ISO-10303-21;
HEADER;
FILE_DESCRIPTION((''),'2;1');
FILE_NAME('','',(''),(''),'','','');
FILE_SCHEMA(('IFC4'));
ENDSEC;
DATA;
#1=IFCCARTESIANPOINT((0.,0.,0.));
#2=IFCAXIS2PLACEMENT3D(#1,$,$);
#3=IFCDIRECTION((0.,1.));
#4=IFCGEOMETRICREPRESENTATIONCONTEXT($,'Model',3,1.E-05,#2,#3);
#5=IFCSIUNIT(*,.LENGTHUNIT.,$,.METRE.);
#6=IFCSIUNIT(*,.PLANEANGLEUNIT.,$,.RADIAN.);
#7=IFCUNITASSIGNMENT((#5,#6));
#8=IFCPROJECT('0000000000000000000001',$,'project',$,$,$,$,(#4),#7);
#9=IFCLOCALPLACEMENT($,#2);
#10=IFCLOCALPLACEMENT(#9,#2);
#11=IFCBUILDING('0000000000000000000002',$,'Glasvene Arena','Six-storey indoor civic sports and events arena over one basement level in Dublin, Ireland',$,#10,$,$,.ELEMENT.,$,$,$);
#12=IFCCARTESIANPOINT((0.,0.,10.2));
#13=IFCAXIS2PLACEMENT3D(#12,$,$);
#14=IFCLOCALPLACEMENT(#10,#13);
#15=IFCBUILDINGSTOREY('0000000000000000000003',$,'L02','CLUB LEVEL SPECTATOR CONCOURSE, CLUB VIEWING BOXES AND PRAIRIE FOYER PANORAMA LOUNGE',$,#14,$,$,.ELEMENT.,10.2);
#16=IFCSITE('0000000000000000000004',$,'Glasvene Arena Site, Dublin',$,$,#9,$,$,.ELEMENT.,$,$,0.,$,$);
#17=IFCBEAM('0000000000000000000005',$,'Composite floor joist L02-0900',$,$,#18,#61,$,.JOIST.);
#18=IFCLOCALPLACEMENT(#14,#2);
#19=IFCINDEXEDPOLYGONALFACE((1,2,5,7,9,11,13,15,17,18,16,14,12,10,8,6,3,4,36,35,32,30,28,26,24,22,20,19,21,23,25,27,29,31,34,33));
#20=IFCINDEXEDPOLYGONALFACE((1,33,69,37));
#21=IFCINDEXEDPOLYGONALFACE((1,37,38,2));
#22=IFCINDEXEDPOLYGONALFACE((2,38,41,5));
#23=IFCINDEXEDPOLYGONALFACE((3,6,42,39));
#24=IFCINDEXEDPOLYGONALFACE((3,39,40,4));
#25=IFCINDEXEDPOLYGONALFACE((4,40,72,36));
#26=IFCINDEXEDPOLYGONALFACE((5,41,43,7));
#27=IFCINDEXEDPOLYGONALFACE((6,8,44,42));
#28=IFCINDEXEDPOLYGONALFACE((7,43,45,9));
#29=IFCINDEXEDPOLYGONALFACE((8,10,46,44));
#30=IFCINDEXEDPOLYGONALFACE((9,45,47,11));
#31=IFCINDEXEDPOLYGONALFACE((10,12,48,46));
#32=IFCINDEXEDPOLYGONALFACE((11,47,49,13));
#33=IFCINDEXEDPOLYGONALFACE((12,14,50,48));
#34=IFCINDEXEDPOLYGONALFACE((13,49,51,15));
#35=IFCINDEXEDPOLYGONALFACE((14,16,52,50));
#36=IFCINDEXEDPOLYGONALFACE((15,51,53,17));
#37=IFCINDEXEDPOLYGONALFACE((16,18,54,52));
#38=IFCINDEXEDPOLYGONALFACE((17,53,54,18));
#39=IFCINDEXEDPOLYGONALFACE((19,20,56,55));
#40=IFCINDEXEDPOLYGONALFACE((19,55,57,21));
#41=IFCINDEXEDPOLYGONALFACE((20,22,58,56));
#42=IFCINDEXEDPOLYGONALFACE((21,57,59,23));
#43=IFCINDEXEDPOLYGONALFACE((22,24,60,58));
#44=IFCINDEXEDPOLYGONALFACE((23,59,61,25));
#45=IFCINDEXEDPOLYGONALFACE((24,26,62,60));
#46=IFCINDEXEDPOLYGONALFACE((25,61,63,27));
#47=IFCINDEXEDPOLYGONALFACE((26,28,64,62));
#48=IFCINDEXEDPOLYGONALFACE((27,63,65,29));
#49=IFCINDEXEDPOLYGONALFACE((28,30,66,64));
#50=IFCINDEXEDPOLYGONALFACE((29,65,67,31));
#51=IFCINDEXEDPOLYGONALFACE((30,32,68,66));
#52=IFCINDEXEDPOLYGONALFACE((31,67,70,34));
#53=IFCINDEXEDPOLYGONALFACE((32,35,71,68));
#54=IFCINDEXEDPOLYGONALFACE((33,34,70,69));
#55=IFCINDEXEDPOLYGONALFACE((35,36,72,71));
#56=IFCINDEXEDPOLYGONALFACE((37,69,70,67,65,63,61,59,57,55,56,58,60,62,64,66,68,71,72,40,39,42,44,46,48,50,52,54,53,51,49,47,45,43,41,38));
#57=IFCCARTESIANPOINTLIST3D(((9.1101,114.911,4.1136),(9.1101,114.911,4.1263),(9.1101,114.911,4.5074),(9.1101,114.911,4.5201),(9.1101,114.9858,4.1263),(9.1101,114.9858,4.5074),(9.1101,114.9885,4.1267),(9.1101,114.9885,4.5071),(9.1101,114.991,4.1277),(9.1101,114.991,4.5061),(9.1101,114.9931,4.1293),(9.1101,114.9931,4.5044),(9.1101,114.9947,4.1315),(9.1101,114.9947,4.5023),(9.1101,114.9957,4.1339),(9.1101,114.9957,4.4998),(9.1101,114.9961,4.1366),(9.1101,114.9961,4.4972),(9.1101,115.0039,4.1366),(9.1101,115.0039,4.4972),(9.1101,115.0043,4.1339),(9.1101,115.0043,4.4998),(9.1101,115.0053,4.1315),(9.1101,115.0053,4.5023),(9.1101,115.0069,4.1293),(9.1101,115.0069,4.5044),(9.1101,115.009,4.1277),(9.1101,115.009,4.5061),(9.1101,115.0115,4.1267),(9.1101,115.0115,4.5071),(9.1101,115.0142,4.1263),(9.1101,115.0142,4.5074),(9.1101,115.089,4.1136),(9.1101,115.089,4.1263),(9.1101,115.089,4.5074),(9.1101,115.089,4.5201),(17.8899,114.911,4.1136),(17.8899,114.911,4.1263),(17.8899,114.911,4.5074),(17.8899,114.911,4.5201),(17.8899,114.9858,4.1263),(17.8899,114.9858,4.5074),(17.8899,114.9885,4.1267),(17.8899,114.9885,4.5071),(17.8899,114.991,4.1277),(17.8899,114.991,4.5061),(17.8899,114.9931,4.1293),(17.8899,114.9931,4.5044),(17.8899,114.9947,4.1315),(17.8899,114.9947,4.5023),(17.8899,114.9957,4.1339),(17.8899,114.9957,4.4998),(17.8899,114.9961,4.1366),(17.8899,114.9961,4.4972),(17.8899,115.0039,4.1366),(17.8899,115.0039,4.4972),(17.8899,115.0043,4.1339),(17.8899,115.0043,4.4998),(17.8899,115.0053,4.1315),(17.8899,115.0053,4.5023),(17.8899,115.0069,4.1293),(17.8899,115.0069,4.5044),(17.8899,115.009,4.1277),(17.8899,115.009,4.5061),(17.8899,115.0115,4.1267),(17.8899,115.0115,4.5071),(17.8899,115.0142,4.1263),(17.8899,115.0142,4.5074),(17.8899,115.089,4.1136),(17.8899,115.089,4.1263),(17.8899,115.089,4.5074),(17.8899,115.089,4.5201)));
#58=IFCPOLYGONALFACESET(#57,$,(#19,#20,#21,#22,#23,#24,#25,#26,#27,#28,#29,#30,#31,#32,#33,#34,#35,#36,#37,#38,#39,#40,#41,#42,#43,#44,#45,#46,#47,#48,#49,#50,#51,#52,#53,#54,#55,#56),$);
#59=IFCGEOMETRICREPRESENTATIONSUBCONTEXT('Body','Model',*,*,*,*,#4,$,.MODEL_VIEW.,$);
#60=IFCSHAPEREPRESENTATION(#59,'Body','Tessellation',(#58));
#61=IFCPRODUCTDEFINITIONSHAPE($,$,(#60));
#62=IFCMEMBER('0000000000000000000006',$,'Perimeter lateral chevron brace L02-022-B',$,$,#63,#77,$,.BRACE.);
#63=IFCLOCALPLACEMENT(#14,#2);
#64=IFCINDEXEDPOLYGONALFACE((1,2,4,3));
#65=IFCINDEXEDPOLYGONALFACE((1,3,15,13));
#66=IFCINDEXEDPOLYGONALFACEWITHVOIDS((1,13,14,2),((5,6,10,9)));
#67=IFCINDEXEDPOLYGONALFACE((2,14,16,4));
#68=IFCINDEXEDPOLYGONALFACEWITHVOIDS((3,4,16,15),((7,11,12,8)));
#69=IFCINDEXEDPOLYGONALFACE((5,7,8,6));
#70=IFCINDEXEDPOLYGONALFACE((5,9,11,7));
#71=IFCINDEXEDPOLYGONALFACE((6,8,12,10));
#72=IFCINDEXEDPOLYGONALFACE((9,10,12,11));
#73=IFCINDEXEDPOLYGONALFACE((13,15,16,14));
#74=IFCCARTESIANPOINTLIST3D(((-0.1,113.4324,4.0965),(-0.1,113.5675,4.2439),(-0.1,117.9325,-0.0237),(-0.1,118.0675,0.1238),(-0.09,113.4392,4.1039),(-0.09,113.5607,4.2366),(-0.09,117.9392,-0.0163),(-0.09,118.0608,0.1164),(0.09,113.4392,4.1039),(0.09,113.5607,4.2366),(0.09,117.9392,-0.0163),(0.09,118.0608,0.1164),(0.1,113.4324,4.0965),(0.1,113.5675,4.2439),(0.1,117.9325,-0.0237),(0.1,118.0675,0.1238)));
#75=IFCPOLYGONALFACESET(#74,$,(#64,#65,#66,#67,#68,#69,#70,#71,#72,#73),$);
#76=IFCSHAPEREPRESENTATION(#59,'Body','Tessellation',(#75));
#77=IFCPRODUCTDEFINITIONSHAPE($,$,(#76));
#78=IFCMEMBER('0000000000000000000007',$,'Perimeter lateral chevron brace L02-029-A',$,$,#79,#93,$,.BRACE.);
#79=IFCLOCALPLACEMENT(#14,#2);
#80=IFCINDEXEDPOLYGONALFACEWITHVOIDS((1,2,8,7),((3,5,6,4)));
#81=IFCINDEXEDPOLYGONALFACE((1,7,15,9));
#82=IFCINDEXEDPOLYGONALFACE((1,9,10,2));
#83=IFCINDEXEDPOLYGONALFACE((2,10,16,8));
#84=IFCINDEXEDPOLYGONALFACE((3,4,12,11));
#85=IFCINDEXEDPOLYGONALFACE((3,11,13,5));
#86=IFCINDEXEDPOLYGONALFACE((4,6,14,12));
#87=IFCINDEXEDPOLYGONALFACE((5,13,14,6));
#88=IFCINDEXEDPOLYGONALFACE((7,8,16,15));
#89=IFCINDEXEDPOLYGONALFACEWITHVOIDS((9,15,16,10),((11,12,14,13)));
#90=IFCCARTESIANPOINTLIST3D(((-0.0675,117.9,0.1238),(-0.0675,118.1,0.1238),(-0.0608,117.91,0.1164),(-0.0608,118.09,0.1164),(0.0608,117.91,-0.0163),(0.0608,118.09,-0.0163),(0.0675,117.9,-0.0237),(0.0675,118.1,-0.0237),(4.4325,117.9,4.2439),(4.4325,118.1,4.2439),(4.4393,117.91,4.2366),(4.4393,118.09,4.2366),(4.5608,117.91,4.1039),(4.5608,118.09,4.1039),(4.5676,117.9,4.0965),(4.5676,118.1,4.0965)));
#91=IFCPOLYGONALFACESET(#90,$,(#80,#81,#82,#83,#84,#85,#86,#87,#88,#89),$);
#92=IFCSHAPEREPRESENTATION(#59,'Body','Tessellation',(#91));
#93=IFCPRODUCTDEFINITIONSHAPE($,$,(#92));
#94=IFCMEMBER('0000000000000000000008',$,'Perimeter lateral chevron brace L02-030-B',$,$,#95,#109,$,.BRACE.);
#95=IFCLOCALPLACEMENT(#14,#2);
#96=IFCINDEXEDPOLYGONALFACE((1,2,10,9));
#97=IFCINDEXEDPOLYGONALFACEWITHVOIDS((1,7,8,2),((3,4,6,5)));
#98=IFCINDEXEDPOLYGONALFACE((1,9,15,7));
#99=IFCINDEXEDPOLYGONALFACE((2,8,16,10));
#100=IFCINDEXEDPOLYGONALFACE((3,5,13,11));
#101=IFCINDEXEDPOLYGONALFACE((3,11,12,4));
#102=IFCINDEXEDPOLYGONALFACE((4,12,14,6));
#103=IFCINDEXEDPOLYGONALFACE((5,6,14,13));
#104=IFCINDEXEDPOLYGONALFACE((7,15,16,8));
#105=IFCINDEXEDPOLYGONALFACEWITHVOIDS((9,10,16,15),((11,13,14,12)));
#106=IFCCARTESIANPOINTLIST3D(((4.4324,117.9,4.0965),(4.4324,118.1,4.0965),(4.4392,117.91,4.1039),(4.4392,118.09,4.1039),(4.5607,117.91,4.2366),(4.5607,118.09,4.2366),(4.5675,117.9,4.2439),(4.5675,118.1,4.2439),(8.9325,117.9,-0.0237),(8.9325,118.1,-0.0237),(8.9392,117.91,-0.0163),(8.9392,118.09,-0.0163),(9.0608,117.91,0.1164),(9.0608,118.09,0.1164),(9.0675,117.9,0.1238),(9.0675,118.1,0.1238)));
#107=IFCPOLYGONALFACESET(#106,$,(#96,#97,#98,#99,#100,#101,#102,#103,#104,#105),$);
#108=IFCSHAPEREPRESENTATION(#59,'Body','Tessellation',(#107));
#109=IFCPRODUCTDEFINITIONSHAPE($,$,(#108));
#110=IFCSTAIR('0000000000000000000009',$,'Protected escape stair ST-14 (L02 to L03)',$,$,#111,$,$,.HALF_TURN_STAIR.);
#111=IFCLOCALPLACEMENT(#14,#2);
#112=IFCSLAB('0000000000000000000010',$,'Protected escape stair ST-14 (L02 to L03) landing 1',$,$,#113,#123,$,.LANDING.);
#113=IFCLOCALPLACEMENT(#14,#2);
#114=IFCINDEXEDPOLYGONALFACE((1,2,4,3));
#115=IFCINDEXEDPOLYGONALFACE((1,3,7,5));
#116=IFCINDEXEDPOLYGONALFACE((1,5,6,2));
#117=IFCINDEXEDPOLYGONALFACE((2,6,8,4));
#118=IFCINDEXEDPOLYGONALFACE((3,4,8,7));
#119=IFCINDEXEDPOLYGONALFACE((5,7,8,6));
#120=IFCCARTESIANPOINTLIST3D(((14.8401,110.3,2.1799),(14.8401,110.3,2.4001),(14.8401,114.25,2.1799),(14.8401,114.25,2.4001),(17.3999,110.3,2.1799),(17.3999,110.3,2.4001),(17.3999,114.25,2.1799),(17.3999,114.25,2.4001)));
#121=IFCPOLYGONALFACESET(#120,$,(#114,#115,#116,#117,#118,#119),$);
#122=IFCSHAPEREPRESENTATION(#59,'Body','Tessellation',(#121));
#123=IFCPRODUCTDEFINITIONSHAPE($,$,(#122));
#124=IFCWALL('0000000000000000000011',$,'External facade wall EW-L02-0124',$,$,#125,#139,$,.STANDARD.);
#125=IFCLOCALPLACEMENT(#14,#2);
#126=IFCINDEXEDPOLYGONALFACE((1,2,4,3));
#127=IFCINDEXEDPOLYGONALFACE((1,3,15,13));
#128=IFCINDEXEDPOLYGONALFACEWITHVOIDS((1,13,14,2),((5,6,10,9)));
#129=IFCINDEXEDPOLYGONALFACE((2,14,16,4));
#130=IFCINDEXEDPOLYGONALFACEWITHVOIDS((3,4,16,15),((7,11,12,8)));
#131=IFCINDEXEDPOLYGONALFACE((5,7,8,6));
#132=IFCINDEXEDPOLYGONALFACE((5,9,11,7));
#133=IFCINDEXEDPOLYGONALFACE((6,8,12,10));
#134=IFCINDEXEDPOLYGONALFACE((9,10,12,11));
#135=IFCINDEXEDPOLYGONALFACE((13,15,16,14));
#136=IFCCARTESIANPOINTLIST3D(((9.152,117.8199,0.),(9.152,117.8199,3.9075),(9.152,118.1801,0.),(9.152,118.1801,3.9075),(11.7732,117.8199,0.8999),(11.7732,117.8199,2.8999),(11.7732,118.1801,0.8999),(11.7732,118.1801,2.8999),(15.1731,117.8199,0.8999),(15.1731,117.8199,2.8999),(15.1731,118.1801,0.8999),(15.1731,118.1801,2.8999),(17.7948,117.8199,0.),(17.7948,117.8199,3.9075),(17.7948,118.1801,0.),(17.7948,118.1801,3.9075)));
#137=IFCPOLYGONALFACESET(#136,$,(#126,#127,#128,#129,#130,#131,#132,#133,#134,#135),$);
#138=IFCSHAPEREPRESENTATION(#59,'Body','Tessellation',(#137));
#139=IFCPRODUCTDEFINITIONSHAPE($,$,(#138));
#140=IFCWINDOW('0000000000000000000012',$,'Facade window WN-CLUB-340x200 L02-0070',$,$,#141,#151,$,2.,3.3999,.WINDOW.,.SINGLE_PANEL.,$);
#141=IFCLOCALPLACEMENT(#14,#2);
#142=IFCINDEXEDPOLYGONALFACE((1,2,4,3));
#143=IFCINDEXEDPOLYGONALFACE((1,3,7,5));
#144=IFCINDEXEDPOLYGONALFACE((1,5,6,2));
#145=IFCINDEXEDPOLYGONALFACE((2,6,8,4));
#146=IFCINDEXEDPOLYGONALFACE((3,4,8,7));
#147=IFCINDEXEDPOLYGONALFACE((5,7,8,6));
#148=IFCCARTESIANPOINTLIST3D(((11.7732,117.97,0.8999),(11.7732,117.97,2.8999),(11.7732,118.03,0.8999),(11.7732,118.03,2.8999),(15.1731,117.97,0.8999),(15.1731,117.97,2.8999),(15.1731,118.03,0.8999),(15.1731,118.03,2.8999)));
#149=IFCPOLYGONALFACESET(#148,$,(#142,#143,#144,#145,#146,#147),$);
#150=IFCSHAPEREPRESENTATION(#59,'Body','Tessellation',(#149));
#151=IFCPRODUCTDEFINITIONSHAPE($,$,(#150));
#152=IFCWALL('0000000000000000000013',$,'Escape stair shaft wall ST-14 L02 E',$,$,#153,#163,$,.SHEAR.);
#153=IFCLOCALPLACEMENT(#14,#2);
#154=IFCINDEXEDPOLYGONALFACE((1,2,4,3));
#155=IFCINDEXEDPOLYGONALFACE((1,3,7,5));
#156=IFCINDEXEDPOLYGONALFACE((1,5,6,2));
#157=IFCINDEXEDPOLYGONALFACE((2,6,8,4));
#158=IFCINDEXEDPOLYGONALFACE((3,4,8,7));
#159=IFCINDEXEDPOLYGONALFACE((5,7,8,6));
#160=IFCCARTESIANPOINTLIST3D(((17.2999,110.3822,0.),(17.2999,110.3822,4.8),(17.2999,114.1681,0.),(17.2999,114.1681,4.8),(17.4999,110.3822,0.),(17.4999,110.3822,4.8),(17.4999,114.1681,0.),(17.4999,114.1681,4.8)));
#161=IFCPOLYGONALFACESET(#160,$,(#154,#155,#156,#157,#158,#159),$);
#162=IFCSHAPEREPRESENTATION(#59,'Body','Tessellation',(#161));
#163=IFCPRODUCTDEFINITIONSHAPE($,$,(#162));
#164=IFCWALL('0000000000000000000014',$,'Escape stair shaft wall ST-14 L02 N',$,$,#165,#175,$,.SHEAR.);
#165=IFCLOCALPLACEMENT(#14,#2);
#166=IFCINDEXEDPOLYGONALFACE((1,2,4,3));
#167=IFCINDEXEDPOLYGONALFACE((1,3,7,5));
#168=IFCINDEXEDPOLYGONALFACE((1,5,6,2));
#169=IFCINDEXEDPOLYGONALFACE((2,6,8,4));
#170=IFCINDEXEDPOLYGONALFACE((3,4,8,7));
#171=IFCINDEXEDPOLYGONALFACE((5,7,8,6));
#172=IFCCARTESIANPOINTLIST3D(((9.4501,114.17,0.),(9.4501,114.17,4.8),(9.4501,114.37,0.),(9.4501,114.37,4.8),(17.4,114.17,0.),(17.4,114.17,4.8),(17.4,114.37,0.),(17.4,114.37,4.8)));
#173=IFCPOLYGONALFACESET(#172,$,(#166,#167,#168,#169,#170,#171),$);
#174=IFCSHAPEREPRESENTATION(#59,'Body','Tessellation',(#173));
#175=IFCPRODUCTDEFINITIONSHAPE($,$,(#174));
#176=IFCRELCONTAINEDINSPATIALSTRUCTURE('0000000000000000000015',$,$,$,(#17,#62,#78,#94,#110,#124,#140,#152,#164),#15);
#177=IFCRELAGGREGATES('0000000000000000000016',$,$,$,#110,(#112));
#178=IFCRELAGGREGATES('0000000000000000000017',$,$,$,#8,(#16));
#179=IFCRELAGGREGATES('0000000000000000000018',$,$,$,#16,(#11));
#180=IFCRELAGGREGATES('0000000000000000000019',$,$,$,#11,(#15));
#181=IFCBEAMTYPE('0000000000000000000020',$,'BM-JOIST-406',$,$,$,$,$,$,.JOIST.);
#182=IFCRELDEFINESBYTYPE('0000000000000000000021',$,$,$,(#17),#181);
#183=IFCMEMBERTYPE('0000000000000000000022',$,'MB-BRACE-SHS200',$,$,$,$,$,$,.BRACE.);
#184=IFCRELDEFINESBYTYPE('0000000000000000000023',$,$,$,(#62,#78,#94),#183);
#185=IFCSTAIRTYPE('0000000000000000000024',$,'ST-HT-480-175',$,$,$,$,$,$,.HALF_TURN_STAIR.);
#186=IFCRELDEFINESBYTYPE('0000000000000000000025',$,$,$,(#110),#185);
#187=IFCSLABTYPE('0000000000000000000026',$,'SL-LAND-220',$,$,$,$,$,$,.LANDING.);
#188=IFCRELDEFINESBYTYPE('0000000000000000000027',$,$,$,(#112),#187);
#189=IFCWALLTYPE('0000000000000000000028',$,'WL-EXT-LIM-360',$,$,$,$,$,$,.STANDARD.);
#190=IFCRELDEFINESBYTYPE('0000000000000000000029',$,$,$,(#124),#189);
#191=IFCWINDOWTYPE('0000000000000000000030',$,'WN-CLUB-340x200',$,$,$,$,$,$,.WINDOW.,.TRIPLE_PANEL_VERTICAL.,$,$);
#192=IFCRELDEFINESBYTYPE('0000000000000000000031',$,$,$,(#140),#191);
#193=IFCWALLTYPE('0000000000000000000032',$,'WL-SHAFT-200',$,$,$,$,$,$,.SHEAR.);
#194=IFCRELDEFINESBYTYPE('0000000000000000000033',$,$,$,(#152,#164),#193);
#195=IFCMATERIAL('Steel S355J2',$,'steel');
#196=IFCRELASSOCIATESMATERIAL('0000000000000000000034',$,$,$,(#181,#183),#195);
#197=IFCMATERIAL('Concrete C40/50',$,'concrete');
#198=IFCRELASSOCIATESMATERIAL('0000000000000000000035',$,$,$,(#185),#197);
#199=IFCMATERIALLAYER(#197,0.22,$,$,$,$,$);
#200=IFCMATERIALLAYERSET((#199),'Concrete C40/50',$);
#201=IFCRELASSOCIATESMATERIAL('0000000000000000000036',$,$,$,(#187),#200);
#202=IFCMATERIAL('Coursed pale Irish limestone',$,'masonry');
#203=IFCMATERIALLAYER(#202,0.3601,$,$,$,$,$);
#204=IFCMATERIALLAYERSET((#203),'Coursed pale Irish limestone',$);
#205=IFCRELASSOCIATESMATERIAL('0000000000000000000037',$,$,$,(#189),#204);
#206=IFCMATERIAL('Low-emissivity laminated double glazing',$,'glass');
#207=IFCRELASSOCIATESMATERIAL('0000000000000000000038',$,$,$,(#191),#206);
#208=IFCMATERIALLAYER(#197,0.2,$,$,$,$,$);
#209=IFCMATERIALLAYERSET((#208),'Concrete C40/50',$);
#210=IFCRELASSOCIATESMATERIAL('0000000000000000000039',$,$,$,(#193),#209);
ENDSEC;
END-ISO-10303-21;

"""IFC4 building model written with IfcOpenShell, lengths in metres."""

from ifc_helpers import new_model, si_unit, direction, frame, frame_2d, origin, origin_2d, place, context, subcontext, project, spatial, polyline, rectangle, hollow_rectangle, i_section, outline, extrude, material, layer, layer_set, material_profile, profile_set, type_object, element, fill, aggregate, save


model = new_model("IFC4")

# Units and contexts
model_context = context("Model", 3, precision=1e-05, world=origin(), true_north=direction((0.0, 1.0)))
body_context = subcontext(model_context, "Body", "Model", "MODEL_VIEW")
ifc_project = project(units=[si_unit("LENGTHUNIT", "METRE"), si_unit("PLANEANGLEUNIT", "RADIAN")], contexts=[model_context])

# Site, building, storey
site_placement = place(None, origin())
site = spatial("IfcSite", under=ifc_project, at=site_placement, Name="Glasvene Arena Site, Dublin", CompositionType="ELEMENT", RefElevation=0.0)
building_placement = place(site_placement, origin())
building = spatial("IfcBuilding", under=site, at=building_placement, Name="Glasvene Arena", Description="Six-storey indoor civic sports and events arena over one basement level in Dublin, Ireland", CompositionType="ELEMENT")
storey_placement = place(building_placement, frame((0.0, 0.0, 10.2)))
storey = spatial("IfcBuildingStorey", under=building, at=storey_placement, Name="L02", Description="CLUB LEVEL SPECTATOR CONCOURSE, CLUB VIEWING BOXES AND PRAIRIE FOYER PANORAMA LOUNGE", CompositionType="ELEMENT", Elevation=10.2)

# Shared definitions
ifc_material_1 = material(Name="Steel S355J2", Category="steel")

# Beam
ifc_material_profile_1 = material_profile(ifc_material_1, i_section(OverallWidth=0.178, OverallDepth=0.4065, WebThickness=0.0078, FlangeThickness=0.0127, FilletRadius=0.0103, at=origin_2d()), Name="UKB 406x178x60")
ifc_profile_set_1 = profile_set([ifc_material_profile_1], Name="Steel S355J2")
beam_type_1 = type_object("IfcBeamType", Name="BM-JOIST-406", PredefinedType="JOIST", material=ifc_profile_set_1)
beam_placement = place(storey_placement, frame((9.1101, 115.0, 4.3169), z_axis=(1.0, 0.0, 0.0), x_axis=(0.0, 1.0, 0.0)))
element("IfcBeam", 1, at=beam_placement, inside=storey, type_object=beam_type_1, Name="Composite floor joist L02-0900", PredefinedType="JOIST", context=body_context, shape_type="SweptSolid", body=[
    extrude(i_section(OverallWidth=0.178, OverallDepth=0.4065, WebThickness=0.0078, FlangeThickness=0.0127, FilletRadius=0.0103, at=origin_2d()), origin(), (0.0, 0.0, 1.0), 8.7798),
])

# Members
ifc_material_profile_2 = material_profile(ifc_material_1, hollow_rectangle(XDim=0.2, YDim=0.2, WallThickness=0.01, at=origin_2d()), Name="SHS 200x200x10.0")
ifc_profile_set_2 = profile_set([ifc_material_profile_2], Name="Steel S355J2")
member_type = type_object("IfcMemberType", Name="MB-BRACE-SHS200", PredefinedType="BRACE", material=ifc_profile_set_2)
for number, where, z_axis, x_axis, name in (
    (2, (0.0, 118.0, 0.05), (0.0, -0.737553, 0.67529), (1.0, 0.0, 0.0), "Perimeter lateral chevron brace L02-022-B"),
    (3, (0.0, 118.0, 0.05), (0.737553, 0.0, 0.67529), (0.0, 1.0, 0.0), "Perimeter lateral chevron brace L02-029-A"),
    (4, (9.0, 118.0, 0.05), (-0.737553, 0.0, 0.67529), (0.0, -1.0, 0.0), "Perimeter lateral chevron brace L02-030-B"),
):
    element("IfcMember", number, at=place(storey_placement, frame(where, z_axis=z_axis, x_axis=x_axis)), inside=storey, type_object=member_type, Name=name, PredefinedType="BRACE", context=body_context, shape_type="SweptSolid", body=[
        extrude(hollow_rectangle(XDim=0.2, YDim=0.2, WallThickness=0.01, at=origin_2d()), origin(), (0.0, 0.0, 1.0), 6.1013),
    ])

# Stair, slab
ifc_material_2 = material(Name="Concrete C40/50", Category="concrete")
stair_type = type_object("IfcStairType", Name="ST-HT-480-175", PredefinedType="HALF_TURN_STAIR", material=ifc_material_2)
stair_placement = place(storey_placement, origin())
stair = element("IfcStair", 5, at=stair_placement, inside=storey, type_object=stair_type, Name="Protected escape stair ST-14 (L02 to L03)", PredefinedType="HALF_TURN_STAIR")
ifc_layer_1 = layer(ifc_material_2, 0.22)
ifc_layer_set_1 = layer_set([ifc_layer_1], Name="Concrete C40/50")
slab_type = type_object("IfcSlabType", Name="SL-LAND-220", PredefinedType="LANDING", material=ifc_layer_set_1)
slab_placement = place(storey_placement, frame((16.1201, 112.2749, 2.1799)))
slab = element("IfcSlab", 6, at=slab_placement, type_object=slab_type, Name="Protected escape stair ST-14 (L02 to L03) landing 1", PredefinedType="LANDING", context=body_context, shape_type="SweptSolid", body=[
    extrude(outline(polyline([(-1.28, -1.9749), (1.2798, -1.9749), (1.2798, 1.9751), (-1.28, 1.9751), (-1.28, -1.9749)])), origin(), (0.0, 0.0, 1.0), 0.2202),
])

# Wall, opening, window
ifc_material_3 = material(Name="Coursed pale Irish limestone", Category="masonry")
ifc_layer_2 = layer(ifc_material_3, 0.3601)
ifc_layer_set_2 = layer_set([ifc_layer_2], Name="Coursed pale Irish limestone")
wall_type_1 = type_object("IfcWallType", Name="WL-EXT-LIM-360", PredefinedType="STANDARD", material=ifc_layer_set_2)
wall_1_placement = place(storey_placement, frame((9.1521, 118.0, 0.0), z_axis=(0.0, 0.0, 1.0), x_axis=(1.0, 0.0, 0.0)))
wall_1 = element("IfcWall", 7, at=wall_1_placement, inside=storey, type_object=wall_type_1, Name="External facade wall EW-L02-0124", PredefinedType="STANDARD", context=body_context, shape_type="SweptSolid", body=[
    extrude(rectangle(XDim=8.6428, YDim=0.3601, at=frame_2d((4.3213, 0.0))), origin(), (0.0, 0.0, 1.0), 3.9075),
])
opening_placement = place(wall_1_placement, frame((2.6211, 0.0, 0.8999)))
opening = element("IfcOpeningElement", 8, at=opening_placement, cuts=wall_1, PredefinedType="OPENING", context=body_context, shape_type="SweptSolid", body=[
    extrude(rectangle(XDim=3.3999, YDim=2.0, at=frame_2d((1.7, 1.0))), frame((0.0, 0.1899, 0.0), z_axis=(0.0, -1.0, 0.0), x_axis=(1.0, 0.0, 0.0)), (0.0, 0.0, 1.0), 0.3801),
])
ifc_material_4 = material(Name="Low-emissivity laminated double glazing", Category="glass")
window_type = type_object("IfcWindowType", Name="WN-CLUB-340x200", PartitioningType="TRIPLE_PANEL_VERTICAL", PredefinedType="WINDOW", material=ifc_material_4)
window_placement = place(opening_placement, origin())
window = element("IfcWindow", 9, at=window_placement, inside=storey, type_object=window_type, Name="Facade window WN-CLUB-340x200 L02-0070", OverallHeight=2.0, OverallWidth=3.3999, PartitioningType="SINGLE_PANEL", PredefinedType="WINDOW", context=body_context, shape_type="SweptSolid", body=[
    extrude(rectangle(XDim=3.3999, YDim=2.0, at=frame_2d((1.7, 1.0))), frame((0.0, 0.03, 0.0), z_axis=(0.0, -1.0, 0.0), x_axis=(1.0, 0.0, 0.0)), (0.0, 0.0, 1.0), 0.0601),
])
fill(opening, window)

# Walls
ifc_layer_3 = layer(ifc_material_2, 0.2)
ifc_layer_set_3 = layer_set([ifc_layer_3], Name="Concrete C40/50")
wall_type_2 = type_object("IfcWallType", Name="WL-SHAFT-200", PredefinedType="SHEAR", material=ifc_layer_set_3)
wall_2_placement = place(storey_placement, frame((17.3999, 110.3821, 0.0), z_axis=(0.0, 0.0, 1.0), x_axis=(0.0, 1.0, 0.0)))
element("IfcWall", 10, at=wall_2_placement, inside=storey, type_object=wall_type_2, Name="Escape stair shaft wall ST-14 L02 E", PredefinedType="SHEAR", context=body_context, shape_type="SweptSolid", body=[
    extrude(rectangle(XDim=3.7859, YDim=0.2, at=frame_2d((1.8931, 0.0))), origin(), (0.0, 0.0, 1.0), 4.8),
])
wall_3_placement = place(storey_placement, frame((9.45, 114.27, 0.0), z_axis=(0.0, 0.0, 1.0), x_axis=(1.0, 0.0, 0.0)))
element("IfcWall", 11, at=wall_3_placement, inside=storey, type_object=wall_type_2, Name="Escape stair shaft wall ST-14 L02 N", PredefinedType="SHEAR", context=body_context, shape_type="SweptSolid", body=[
    extrude(rectangle(XDim=7.95, YDim=0.2, at=frame_2d((3.9751, 0.0))), origin(), (0.0, 0.0, 1.0), 4.8),
])

aggregate(stair, [slab])

save(model, "model.ifc")
